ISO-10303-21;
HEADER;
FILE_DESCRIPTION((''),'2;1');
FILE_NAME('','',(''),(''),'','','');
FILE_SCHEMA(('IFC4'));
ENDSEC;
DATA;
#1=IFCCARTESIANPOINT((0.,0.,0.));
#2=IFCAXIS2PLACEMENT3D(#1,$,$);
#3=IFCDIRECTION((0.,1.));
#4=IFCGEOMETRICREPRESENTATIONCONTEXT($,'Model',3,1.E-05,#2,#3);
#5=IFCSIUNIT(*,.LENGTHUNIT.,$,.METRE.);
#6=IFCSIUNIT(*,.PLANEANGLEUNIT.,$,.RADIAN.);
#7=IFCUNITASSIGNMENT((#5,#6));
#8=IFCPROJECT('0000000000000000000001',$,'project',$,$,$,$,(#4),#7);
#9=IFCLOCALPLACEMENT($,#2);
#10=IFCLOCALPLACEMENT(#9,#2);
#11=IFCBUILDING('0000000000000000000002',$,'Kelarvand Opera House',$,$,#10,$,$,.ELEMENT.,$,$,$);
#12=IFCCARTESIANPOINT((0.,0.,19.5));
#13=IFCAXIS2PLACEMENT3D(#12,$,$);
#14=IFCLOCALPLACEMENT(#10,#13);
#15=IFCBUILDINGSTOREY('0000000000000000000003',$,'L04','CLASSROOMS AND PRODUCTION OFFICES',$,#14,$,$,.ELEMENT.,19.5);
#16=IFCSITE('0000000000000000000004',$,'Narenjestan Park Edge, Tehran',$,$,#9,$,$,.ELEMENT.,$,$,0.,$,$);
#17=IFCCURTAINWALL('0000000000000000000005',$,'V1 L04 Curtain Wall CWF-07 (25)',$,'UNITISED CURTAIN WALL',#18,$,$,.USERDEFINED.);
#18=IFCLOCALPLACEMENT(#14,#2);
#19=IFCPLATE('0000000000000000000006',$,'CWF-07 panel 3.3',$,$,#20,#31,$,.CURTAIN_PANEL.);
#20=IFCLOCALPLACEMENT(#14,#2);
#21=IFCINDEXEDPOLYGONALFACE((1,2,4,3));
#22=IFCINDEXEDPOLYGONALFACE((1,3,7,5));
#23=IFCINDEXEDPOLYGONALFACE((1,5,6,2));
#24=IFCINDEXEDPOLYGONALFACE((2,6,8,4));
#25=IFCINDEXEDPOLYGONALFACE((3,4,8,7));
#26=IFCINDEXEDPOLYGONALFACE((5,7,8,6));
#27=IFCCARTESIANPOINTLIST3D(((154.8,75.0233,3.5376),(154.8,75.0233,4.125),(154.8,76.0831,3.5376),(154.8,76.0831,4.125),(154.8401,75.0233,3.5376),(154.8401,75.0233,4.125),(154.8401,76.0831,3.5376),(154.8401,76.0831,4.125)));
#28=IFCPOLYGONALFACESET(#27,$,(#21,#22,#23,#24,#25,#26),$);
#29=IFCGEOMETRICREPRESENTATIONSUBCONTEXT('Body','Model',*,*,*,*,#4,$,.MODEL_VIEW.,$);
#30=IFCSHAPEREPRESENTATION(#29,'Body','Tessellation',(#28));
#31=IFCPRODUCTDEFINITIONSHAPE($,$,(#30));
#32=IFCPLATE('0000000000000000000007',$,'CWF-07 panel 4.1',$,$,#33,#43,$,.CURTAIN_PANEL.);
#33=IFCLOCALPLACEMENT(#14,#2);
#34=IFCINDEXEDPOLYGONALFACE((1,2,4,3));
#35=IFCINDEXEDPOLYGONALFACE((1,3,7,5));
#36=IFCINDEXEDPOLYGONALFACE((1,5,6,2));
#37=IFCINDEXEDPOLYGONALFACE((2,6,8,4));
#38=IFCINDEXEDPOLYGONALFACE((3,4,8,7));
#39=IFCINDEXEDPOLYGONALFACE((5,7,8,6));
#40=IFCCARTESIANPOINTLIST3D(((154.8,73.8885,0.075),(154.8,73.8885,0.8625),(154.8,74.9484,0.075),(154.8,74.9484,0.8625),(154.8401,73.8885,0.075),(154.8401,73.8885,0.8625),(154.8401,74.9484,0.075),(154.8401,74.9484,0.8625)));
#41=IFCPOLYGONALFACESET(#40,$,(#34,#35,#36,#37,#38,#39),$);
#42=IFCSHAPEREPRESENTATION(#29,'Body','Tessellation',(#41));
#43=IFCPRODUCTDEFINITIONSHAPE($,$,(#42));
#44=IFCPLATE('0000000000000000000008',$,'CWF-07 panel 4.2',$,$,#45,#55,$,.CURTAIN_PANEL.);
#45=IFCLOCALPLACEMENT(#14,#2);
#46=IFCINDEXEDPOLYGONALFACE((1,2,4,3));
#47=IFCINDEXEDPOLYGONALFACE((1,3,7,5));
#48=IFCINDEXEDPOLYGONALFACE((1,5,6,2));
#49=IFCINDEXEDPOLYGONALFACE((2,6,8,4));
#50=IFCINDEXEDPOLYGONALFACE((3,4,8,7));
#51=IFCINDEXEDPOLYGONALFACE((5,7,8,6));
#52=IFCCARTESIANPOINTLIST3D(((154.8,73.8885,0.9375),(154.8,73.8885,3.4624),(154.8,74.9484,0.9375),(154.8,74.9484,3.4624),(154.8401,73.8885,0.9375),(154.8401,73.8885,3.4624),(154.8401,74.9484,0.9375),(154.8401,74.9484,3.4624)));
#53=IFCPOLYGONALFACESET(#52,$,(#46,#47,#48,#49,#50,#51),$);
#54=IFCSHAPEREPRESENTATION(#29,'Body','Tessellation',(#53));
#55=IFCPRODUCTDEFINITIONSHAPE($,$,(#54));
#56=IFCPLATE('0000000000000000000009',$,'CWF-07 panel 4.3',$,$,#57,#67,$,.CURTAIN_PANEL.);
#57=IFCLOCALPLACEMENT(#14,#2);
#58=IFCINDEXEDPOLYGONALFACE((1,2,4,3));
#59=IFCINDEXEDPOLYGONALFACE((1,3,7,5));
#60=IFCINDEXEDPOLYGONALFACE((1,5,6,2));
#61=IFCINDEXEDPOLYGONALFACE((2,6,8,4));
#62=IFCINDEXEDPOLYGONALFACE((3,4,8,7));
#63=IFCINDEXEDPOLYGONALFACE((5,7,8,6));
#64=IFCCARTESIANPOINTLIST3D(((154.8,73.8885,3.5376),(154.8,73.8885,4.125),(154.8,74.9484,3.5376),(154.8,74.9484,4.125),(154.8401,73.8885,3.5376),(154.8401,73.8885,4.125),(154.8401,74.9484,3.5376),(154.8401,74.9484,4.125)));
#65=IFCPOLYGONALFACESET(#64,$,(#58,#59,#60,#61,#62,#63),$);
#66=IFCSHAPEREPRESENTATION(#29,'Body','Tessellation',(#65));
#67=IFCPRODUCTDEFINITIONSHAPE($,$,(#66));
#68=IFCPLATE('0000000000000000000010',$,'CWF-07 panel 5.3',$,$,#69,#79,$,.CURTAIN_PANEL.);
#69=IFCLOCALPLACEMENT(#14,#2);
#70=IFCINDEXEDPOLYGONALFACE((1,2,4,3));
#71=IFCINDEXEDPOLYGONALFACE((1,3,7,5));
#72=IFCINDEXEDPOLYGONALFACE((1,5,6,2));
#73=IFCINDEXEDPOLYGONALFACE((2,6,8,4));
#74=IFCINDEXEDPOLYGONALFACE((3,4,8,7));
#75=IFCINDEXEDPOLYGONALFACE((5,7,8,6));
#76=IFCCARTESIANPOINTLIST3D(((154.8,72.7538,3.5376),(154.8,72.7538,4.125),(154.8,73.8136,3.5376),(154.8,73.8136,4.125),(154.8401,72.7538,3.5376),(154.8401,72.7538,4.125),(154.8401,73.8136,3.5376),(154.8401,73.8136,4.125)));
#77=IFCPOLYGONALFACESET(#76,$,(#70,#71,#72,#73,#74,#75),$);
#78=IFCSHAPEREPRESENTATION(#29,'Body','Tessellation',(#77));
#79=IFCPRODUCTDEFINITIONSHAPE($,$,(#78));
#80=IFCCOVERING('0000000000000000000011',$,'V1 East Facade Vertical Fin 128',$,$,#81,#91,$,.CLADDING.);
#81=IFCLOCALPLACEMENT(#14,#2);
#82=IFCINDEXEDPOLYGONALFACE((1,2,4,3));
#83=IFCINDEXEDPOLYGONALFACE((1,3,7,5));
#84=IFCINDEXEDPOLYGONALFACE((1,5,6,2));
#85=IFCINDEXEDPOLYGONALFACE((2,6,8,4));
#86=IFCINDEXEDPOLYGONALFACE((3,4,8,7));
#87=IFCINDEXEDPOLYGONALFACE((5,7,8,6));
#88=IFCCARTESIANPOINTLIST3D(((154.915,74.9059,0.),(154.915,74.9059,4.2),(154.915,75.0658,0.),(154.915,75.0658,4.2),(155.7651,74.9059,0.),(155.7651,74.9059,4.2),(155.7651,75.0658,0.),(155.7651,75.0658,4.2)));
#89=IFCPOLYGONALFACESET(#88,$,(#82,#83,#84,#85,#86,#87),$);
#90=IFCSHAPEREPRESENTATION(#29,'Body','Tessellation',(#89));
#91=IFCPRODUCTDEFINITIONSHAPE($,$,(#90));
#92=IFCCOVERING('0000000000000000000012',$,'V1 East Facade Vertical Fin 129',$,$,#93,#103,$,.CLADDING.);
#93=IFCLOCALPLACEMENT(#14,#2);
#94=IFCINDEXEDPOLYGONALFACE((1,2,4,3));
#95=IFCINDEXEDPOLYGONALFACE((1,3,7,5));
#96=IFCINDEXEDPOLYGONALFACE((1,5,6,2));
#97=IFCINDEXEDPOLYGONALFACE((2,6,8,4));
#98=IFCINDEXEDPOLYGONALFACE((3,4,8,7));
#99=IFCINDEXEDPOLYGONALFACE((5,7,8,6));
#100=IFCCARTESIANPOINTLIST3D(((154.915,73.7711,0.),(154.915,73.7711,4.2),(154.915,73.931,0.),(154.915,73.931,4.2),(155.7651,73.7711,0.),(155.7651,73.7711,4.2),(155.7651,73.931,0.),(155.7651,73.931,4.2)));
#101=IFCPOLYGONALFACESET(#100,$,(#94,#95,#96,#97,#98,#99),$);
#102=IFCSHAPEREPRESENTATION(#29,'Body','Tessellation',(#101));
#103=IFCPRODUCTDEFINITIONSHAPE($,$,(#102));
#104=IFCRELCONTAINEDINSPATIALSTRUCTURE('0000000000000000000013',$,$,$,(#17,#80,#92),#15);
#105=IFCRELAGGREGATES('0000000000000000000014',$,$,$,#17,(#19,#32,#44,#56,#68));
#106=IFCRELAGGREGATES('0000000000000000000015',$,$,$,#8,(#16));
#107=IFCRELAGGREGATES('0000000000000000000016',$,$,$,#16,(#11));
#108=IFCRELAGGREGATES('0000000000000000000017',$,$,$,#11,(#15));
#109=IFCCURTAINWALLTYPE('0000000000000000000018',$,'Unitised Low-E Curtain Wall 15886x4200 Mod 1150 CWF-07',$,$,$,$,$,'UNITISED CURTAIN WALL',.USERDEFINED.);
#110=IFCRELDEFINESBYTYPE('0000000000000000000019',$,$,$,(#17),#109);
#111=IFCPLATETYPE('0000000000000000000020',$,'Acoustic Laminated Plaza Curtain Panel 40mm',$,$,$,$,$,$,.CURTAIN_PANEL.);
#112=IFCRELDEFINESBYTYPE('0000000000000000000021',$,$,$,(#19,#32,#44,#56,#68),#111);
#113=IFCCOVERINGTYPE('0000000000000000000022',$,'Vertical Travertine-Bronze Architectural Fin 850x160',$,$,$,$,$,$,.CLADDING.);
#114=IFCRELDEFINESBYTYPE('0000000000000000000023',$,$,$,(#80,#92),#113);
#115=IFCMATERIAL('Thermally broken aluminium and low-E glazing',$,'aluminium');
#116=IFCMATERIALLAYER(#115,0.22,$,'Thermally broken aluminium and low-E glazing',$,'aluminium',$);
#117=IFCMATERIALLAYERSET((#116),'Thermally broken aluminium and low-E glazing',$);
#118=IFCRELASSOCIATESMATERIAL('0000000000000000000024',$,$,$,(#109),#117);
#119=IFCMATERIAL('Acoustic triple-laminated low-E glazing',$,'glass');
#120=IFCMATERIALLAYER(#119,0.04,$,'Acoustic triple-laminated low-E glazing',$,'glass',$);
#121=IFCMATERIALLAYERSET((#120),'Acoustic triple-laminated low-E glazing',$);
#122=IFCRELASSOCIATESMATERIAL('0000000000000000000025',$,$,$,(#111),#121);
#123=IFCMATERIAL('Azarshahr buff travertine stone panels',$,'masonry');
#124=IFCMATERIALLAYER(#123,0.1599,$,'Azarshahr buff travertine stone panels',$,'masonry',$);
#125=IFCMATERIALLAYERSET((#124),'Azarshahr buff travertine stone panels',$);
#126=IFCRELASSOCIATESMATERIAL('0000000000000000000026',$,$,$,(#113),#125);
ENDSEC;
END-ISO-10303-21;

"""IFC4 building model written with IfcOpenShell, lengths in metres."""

from ifc_helpers import new_model, si_unit, direction, frame, origin, origin_2d, place, context, subcontext, project, spatial, rectangle, extrude, material, layer, layer_set, type_object, element, aggregate, save


model = new_model("IFC4")

# Units and contexts
model_context = context("Model", 3, precision=1e-05, world=origin(), true_north=direction((0.0, 1.0)))
body_context = subcontext(model_context, "Body", "Model", "MODEL_VIEW")
ifc_project = project(units=[si_unit("LENGTHUNIT", "METRE"), si_unit("PLANEANGLEUNIT", "RADIAN")], contexts=[model_context])

# Site, building, storey
site_placement = place(None, origin())
site = spatial("IfcSite", under=ifc_project, at=site_placement, Name="Narenjestan Park Edge, Tehran", CompositionType="ELEMENT", RefElevation=0.0)
building_placement = place(site_placement, origin())
building = spatial("IfcBuilding", under=site, at=building_placement, Name="Kelarvand Opera House", CompositionType="ELEMENT")
storey_placement = place(building_placement, frame((0.0, 0.0, 19.5)))
storey = spatial("IfcBuildingStorey", under=building, at=storey_placement, Name="L04", Description="CLASSROOMS AND PRODUCTION OFFICES", CompositionType="ELEMENT", Elevation=19.5)

# Curtain wall, plates
ifc_material_1 = material(Name="Thermally broken aluminium and low-E glazing", Category="aluminium")
ifc_layer_1 = layer(ifc_material_1, 0.22, Name="Thermally broken aluminium and low-E glazing", Category="aluminium")
ifc_layer_set_1 = layer_set([ifc_layer_1], Name="Thermally broken aluminium and low-E glazing")
curtain_wall_type = type_object("IfcCurtainWallType", Name="Unitised Low-E Curtain Wall 15886x4200 Mod 1150 CWF-07", ElementType="UNITISED CURTAIN WALL", PredefinedType="USERDEFINED", material=ifc_layer_set_1)
curtain_wall_placement = place(storey_placement, origin())
curtain_wall = element("IfcCurtainWall", 1, at=curtain_wall_placement, inside=storey, type_object=curtain_wall_type, Name="V1 L04 Curtain Wall CWF-07 (25)", ObjectType="UNITISED CURTAIN WALL", PredefinedType="USERDEFINED")
ifc_material_2 = material(Name="Acoustic triple-laminated low-E glazing", Category="glass")
ifc_layer_2 = layer(ifc_material_2, 0.04, Name="Acoustic triple-laminated low-E glazing", Category="glass")
ifc_layer_set_2 = layer_set([ifc_layer_2], Name="Acoustic triple-laminated low-E glazing")
plate_type = type_object("IfcPlateType", Name="Acoustic Laminated Plaza Curtain Panel 40mm", PredefinedType="CURTAIN_PANEL", material=ifc_layer_set_2)
plate_1_placement = place(storey_placement, frame((154.8201, 75.5532, 3.5376), z_axis=(0.0, 0.0, 1.0), x_axis=(0.0, -1.0, 0.0)))
plate_1 = element("IfcPlate", 2, at=plate_1_placement, type_object=plate_type, Name="CWF-07 panel 3.3", PredefinedType="CURTAIN_PANEL", context=body_context, shape_type="SweptSolid", body=[
    extrude(rectangle(XDim=1.0598, YDim=0.04, at=origin_2d()), origin(), (0.0, 0.0, 1.0), 0.5874),
])
plate_2_placement = place(storey_placement, frame((154.8201, 74.4185, 0.075), z_axis=(0.0, 0.0, 1.0), x_axis=(0.0, -1.0, 0.0)))
plate_2 = element("IfcPlate", 3, at=plate_2_placement, type_object=plate_type, Name="CWF-07 panel 4.1", PredefinedType="CURTAIN_PANEL", context=body_context, shape_type="SweptSolid", body=[
    extrude(rectangle(XDim=1.0598, YDim=0.04, at=origin_2d()), origin(), (0.0, 0.0, 1.0), 0.7876),
])
plate_3_placement = place(storey_placement, frame((154.8201, 74.4185, 0.9375), z_axis=(0.0, 0.0, 1.0), x_axis=(0.0, -1.0, 0.0)))
plate_3 = element("IfcPlate", 4, at=plate_3_placement, type_object=plate_type, Name="CWF-07 panel 4.2", PredefinedType="CURTAIN_PANEL", context=body_context, shape_type="SweptSolid", body=[
    extrude(rectangle(XDim=1.0598, YDim=0.04, at=origin_2d()), origin(), (0.0, 0.0, 1.0), 2.5249),
])
plate_4_placement = place(storey_placement, frame((154.8201, 74.4185, 3.5376), z_axis=(0.0, 0.0, 1.0), x_axis=(0.0, -1.0, 0.0)))
plate_4 = element("IfcPlate", 5, at=plate_4_placement, type_object=plate_type, Name="CWF-07 panel 4.3", PredefinedType="CURTAIN_PANEL", context=body_context, shape_type="SweptSolid", body=[
    extrude(rectangle(XDim=1.0598, YDim=0.04, at=origin_2d()), origin(), (0.0, 0.0, 1.0), 0.5874),
])
plate_5_placement = place(storey_placement, frame((154.8201, 73.2837, 3.5376), z_axis=(0.0, 0.0, 1.0), x_axis=(0.0, -1.0, 0.0)))
plate_5 = element("IfcPlate", 6, at=plate_5_placement, type_object=plate_type, Name="CWF-07 panel 5.3", PredefinedType="CURTAIN_PANEL", context=body_context, shape_type="SweptSolid", body=[
    extrude(rectangle(XDim=1.0598, YDim=0.04, at=origin_2d()), origin(), (0.0, 0.0, 1.0), 0.5874),
])
aggregate(curtain_wall, [plate_1, plate_2, plate_3, plate_4, plate_5])

# Coverings
ifc_material_3 = material(Name="Azarshahr buff travertine stone panels", Category="masonry")
ifc_layer_3 = layer(ifc_material_3, 0.1599, Name="Azarshahr buff travertine stone panels", Category="masonry")
ifc_layer_set_3 = layer_set([ifc_layer_3], Name="Azarshahr buff travertine stone panels")
covering_type = type_object("IfcCoveringType", Name="Vertical Travertine-Bronze Architectural Fin 850x160", PredefinedType="CLADDING", material=ifc_layer_set_3)
for number, where, z_axis, x_axis, name in (
    (7, (155.3401, 74.9858, 0.0), (0.0, 0.0, 1.0), (1.0, 0.0, 0.0), "V1 East Facade Vertical Fin 128"),
    (8, (155.3401, 73.8511, 0.0), (0.0, 0.0, 1.0), (1.0, 0.0, 0.0), "V1 East Facade Vertical Fin 129"),
):
    element("IfcCovering", number, at=place(storey_placement, frame(where, z_axis=z_axis, x_axis=x_axis)), inside=storey, type_object=covering_type, Name=name, PredefinedType="CLADDING", context=body_context, shape_type="SweptSolid", body=[
        extrude(rectangle(XDim=0.8501, YDim=0.1599, at=origin_2d()), origin(), (0.0, 0.0, 1.0), 4.2),
    ])

save(model, "model.ifc")
